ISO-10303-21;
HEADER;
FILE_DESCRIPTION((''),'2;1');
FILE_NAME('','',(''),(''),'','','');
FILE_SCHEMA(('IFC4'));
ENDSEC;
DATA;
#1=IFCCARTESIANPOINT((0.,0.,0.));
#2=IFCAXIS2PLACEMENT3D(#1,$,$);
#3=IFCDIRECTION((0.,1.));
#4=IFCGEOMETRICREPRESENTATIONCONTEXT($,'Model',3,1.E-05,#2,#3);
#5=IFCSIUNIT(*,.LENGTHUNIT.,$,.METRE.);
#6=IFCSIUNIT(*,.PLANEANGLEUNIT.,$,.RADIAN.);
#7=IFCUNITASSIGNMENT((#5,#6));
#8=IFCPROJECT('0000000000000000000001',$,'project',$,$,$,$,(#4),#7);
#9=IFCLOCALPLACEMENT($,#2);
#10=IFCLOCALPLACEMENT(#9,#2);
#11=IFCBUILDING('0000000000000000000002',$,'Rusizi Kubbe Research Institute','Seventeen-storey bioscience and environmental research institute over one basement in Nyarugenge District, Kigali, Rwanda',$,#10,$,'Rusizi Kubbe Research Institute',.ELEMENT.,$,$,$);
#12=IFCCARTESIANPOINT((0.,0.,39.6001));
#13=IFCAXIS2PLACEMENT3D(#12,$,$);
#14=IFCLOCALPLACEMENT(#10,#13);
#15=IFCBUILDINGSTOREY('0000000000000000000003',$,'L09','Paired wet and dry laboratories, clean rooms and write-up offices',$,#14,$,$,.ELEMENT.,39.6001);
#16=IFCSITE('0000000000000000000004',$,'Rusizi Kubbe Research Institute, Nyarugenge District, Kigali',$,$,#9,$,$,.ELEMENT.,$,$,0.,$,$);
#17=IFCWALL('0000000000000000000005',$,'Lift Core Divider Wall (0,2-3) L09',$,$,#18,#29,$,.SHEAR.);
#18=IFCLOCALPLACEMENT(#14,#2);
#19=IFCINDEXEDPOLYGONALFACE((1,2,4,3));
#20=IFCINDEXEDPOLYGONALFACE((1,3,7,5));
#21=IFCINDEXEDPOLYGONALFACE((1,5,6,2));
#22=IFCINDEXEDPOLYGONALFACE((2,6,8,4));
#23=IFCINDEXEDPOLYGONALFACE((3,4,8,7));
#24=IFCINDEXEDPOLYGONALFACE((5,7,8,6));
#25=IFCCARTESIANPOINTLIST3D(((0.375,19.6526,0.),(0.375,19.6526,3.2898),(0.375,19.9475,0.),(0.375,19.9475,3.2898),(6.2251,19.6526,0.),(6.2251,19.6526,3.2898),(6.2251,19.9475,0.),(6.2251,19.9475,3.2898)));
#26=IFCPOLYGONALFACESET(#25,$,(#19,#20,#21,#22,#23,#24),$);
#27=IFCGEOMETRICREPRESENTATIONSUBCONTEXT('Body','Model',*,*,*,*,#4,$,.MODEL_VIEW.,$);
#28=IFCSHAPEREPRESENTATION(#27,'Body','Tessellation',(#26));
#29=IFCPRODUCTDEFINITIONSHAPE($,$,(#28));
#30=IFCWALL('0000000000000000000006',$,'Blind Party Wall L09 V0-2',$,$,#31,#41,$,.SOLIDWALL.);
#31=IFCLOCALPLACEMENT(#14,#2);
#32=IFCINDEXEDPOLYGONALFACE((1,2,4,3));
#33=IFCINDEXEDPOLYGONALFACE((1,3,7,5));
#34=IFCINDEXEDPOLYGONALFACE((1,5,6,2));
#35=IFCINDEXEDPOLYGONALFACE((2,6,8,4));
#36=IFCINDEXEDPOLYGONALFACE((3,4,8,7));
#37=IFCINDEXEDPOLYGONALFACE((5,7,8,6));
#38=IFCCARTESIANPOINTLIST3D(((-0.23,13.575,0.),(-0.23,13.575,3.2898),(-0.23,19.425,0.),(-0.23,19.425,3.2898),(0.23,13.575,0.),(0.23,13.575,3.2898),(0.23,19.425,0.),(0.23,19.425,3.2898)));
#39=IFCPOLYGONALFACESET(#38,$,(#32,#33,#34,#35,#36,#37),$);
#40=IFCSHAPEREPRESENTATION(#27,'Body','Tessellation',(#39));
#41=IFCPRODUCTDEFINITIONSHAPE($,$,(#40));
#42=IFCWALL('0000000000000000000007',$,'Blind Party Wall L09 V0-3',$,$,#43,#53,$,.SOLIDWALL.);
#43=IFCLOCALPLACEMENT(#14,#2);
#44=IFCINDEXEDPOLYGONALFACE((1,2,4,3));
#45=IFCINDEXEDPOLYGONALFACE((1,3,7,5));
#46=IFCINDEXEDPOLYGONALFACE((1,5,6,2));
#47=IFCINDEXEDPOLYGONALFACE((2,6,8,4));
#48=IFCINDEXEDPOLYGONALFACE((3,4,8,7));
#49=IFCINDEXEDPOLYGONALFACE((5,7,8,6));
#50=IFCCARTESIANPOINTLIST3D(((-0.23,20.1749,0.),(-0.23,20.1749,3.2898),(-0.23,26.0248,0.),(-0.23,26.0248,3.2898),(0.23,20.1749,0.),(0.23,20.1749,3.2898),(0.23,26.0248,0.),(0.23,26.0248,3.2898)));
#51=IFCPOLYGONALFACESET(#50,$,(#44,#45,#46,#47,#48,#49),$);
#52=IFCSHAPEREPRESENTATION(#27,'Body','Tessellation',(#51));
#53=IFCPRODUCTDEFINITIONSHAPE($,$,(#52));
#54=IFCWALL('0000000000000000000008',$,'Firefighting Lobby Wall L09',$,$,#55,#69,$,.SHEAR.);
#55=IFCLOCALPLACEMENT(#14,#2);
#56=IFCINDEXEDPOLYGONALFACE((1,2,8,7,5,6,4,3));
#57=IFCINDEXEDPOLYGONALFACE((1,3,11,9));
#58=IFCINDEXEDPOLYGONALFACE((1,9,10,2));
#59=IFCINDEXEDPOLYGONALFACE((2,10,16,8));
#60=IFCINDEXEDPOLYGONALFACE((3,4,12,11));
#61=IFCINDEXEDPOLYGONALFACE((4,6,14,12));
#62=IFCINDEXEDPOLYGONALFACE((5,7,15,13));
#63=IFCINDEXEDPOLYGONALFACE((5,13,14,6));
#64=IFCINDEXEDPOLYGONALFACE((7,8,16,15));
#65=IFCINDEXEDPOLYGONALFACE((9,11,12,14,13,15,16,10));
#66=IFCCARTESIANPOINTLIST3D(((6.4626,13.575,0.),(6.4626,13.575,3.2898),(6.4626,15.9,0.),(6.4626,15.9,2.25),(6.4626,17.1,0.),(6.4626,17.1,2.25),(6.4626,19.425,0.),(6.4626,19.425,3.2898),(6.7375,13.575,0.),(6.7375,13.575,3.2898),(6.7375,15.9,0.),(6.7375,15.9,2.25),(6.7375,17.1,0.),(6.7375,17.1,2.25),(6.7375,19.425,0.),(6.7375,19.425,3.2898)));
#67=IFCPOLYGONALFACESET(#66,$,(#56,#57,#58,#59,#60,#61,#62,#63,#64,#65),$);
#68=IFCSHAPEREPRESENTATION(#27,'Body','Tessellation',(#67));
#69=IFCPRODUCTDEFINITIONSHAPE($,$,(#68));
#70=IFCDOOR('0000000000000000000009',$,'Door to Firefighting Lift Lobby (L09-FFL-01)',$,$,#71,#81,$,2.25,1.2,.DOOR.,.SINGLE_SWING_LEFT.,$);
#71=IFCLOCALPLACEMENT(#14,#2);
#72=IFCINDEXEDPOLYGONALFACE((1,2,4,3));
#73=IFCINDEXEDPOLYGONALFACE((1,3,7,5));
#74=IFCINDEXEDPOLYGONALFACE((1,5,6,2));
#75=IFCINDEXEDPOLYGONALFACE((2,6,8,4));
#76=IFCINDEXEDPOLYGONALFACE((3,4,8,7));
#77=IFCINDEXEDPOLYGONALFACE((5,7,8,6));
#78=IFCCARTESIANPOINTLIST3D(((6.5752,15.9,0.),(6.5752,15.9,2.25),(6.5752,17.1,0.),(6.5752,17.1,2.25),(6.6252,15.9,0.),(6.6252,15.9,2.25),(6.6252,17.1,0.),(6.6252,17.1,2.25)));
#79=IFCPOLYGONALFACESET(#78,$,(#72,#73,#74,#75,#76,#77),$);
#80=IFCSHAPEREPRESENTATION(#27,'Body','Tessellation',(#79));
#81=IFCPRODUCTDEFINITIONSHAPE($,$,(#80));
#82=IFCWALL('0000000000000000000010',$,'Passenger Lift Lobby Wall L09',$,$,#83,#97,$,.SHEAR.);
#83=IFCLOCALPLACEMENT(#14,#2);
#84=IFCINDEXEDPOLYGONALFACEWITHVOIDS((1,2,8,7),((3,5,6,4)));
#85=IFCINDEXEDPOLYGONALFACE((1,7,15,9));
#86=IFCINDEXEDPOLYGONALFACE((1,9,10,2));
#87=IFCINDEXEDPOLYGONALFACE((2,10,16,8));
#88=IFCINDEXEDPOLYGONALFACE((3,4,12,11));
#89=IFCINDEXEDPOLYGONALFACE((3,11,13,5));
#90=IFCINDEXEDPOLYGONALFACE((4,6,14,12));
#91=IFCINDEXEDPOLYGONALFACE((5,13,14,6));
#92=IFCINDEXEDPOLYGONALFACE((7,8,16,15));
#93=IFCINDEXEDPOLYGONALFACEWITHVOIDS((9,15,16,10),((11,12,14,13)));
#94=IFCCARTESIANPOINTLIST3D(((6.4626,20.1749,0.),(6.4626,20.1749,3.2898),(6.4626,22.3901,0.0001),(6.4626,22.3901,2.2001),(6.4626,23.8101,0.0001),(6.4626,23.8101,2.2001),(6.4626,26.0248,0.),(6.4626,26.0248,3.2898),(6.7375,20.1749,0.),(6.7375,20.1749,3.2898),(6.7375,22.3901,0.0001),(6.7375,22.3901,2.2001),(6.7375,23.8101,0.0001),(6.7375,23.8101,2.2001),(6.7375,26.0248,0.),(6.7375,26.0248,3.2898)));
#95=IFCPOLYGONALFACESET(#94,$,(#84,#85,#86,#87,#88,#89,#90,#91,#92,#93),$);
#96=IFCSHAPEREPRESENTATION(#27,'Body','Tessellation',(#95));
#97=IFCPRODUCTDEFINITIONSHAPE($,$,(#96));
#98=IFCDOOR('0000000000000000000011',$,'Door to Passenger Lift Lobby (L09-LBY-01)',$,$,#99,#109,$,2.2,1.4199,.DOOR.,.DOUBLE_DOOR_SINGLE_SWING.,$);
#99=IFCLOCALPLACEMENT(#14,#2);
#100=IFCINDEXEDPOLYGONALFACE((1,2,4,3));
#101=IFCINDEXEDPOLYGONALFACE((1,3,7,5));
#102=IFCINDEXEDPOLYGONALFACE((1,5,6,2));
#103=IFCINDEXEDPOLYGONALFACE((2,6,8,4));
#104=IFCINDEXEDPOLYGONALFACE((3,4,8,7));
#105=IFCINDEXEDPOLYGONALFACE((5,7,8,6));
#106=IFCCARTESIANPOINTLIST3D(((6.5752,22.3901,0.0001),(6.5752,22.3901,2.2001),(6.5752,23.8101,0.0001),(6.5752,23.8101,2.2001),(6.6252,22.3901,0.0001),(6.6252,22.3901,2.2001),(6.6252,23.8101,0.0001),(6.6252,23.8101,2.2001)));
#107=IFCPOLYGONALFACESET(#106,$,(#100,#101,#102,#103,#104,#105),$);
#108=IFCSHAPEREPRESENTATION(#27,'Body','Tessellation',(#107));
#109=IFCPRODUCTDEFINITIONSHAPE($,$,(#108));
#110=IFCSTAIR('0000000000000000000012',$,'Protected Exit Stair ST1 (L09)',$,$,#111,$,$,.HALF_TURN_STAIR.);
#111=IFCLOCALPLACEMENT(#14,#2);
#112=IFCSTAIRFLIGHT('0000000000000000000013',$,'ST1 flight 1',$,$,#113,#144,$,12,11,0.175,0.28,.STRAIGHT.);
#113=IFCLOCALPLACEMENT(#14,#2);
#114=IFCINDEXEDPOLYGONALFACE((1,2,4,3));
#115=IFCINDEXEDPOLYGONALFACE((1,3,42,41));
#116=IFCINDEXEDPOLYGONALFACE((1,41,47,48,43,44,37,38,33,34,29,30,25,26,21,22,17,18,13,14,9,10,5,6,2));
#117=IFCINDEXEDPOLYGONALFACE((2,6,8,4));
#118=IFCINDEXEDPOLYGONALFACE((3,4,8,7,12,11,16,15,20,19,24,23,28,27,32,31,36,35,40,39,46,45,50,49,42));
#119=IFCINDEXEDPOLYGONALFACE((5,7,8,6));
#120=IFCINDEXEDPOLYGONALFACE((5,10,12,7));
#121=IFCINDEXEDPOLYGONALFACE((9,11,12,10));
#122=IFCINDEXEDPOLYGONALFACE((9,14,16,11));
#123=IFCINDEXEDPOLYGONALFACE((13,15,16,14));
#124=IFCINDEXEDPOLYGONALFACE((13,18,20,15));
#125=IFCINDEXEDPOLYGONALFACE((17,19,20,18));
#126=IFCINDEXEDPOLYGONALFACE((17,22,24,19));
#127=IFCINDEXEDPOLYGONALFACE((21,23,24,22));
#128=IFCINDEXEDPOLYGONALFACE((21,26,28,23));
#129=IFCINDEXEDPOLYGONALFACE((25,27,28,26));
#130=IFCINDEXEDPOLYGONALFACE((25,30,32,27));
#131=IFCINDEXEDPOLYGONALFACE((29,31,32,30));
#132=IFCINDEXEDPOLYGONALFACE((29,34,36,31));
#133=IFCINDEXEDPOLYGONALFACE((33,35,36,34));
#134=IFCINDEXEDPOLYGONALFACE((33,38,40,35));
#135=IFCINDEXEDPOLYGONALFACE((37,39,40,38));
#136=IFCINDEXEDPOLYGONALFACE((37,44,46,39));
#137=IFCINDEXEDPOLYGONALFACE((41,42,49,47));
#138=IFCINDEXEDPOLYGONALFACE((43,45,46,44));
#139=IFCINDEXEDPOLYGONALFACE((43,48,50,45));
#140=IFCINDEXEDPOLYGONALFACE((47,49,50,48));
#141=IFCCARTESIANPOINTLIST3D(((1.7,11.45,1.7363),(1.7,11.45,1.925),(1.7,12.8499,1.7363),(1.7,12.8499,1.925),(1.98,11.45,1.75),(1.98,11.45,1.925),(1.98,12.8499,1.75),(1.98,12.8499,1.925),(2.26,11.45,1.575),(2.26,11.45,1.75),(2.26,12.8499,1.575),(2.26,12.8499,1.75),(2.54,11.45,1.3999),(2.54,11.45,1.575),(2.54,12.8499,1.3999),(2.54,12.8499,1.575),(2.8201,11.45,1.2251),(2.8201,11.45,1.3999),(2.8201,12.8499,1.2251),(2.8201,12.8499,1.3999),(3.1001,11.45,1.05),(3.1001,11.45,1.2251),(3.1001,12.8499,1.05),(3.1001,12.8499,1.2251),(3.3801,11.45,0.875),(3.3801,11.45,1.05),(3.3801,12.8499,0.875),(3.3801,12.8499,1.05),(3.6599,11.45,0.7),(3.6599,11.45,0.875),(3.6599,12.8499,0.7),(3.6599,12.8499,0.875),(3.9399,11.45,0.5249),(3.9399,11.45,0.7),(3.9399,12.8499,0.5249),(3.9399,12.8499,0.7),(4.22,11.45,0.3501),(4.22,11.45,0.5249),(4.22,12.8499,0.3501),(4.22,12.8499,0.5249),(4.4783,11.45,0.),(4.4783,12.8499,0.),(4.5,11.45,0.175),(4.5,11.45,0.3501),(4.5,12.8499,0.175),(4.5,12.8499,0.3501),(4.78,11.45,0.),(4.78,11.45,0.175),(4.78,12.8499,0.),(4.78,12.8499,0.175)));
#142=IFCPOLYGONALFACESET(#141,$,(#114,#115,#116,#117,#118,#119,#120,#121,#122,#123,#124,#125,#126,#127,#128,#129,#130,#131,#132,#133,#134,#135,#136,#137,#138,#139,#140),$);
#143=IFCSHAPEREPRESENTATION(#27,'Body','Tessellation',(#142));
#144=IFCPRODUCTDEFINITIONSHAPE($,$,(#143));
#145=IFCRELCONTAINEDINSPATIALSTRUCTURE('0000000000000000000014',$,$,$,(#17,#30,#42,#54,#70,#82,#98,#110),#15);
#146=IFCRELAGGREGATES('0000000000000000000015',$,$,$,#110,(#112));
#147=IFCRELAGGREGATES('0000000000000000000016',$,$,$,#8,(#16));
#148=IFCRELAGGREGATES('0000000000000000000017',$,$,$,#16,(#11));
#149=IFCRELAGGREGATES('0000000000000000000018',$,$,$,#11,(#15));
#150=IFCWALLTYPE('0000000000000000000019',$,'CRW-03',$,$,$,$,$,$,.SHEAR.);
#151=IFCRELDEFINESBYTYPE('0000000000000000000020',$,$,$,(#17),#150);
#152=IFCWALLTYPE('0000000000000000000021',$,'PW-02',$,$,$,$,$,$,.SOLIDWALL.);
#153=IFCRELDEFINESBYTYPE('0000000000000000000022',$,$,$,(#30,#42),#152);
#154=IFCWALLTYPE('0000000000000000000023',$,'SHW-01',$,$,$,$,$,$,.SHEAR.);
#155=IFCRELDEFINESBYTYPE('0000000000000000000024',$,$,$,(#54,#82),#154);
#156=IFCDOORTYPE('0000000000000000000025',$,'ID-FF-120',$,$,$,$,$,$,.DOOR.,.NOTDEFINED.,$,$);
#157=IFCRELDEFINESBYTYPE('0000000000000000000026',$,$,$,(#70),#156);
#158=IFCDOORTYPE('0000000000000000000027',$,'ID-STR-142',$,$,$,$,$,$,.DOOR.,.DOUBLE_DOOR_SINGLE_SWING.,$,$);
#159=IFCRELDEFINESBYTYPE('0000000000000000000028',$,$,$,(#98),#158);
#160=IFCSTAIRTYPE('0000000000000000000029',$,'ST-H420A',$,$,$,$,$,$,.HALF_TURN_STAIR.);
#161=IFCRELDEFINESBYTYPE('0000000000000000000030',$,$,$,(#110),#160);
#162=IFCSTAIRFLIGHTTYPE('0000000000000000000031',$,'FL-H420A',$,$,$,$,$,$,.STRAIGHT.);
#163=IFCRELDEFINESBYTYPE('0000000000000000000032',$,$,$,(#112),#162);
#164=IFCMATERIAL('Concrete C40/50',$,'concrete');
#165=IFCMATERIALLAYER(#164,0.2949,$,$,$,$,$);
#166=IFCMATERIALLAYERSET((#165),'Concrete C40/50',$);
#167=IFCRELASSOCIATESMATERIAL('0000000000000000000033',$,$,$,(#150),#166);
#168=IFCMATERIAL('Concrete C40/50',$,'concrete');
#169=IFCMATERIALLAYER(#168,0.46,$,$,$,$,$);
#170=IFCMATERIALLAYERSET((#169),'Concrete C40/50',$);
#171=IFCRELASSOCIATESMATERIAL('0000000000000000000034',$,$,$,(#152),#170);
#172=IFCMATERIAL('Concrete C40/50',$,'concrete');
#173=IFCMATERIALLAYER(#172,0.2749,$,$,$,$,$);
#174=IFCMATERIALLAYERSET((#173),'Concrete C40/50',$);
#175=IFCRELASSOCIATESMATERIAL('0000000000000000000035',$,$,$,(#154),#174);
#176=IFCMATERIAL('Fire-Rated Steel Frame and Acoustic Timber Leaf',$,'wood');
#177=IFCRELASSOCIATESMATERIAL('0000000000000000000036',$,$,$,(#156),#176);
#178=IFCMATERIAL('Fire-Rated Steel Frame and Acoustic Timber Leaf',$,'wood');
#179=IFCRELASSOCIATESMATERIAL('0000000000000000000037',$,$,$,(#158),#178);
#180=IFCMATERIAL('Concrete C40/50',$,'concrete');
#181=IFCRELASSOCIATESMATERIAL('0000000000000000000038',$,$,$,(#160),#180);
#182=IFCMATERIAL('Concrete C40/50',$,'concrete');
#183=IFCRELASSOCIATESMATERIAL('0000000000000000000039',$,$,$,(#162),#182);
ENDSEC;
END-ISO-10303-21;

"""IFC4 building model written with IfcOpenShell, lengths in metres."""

from ifc_helpers import new_model, si_unit, direction, frame, frame_2d, origin, place, context, subcontext, project, spatial, polyline, rectangle, outline, extrude, material, layer, layer_set, type_object, element, fill, aggregate, save


model = new_model("IFC4")

# Units and contexts
model_context = context("Model", 3, precision=1e-05, world=origin(), true_north=direction((0.0, 1.0)))
body_context = subcontext(model_context, "Body", "Model", "MODEL_VIEW")
ifc_project = project(units=[si_unit("LENGTHUNIT", "METRE"), si_unit("PLANEANGLEUNIT", "RADIAN")], contexts=[model_context])

# Site, building, storey
site_placement = place(None, origin())
site = spatial("IfcSite", under=ifc_project, at=site_placement, Name="Rusizi Kubbe Research Institute, Nyarugenge District, Kigali", CompositionType="ELEMENT", RefElevation=0.0)
building_placement = place(site_placement, origin())
building = spatial("IfcBuilding", under=site, at=building_placement, Name="Rusizi Kubbe Research Institute", Description="Seventeen-storey bioscience and environmental research institute over one basement in Nyarugenge District, Kigali, Rwanda", LongName="Rusizi Kubbe Research Institute", CompositionType="ELEMENT")
storey_placement = place(building_placement, frame((0.0, 0.0, 39.6001)))
storey = spatial("IfcBuildingStorey", under=building, at=storey_placement, Name="L09", Description="Paired wet and dry laboratories, clean rooms and write-up offices", CompositionType="ELEMENT", Elevation=39.6001)

# Wall
ifc_material_1 = material(Name="Concrete C40/50", Category="concrete")
ifc_layer_1 = layer(ifc_material_1, 0.2949)
ifc_layer_set_1 = layer_set([ifc_layer_1], Name="Concrete C40/50")
wall_type_1 = type_object("IfcWallType", Name="CRW-03", PredefinedType="SHEAR", material=ifc_layer_set_1)
wall_1_placement = place(storey_placement, frame((0.375, 19.8, 0.0), z_axis=(0.0, 0.0, 1.0), x_axis=(1.0, 0.0, 0.0)))
element("IfcWall", 1, at=wall_1_placement, inside=storey, type_object=wall_type_1, Name="Lift Core Divider Wall (0,2-3) L09", PredefinedType="SHEAR", context=body_context, shape_type="SweptSolid", body=[
    extrude(rectangle(XDim=5.8501, YDim=0.2949, at=frame_2d((2.925, 0.0))), origin(), (0.0, 0.0, 1.0), 3.2898),
])

# Walls
ifc_material_2 = material(Name="Concrete C40/50", Category="concrete")
ifc_layer_2 = layer(ifc_material_2, 0.46)
ifc_layer_set_2 = layer_set([ifc_layer_2], Name="Concrete C40/50")
wall_type_2 = type_object("IfcWallType", Name="PW-02", PredefinedType="SOLIDWALL", material=ifc_layer_set_2)
wall_2_placement = place(storey_placement, frame((0.0, 13.575, 0.0), z_axis=(0.0, 0.0, 1.0), x_axis=(0.0, 1.0, 0.0)))
element("IfcWall", 2, at=wall_2_placement, inside=storey, type_object=wall_type_2, Name="Blind Party Wall L09 V0-2", PredefinedType="SOLIDWALL", context=body_context, shape_type="SweptSolid", body=[
    extrude(rectangle(XDim=5.8501, YDim=0.46, at=frame_2d((2.925, 0.0))), origin(), (0.0, 0.0, 1.0), 3.2898),
])
wall_3_placement = place(storey_placement, frame((0.0, 20.175, 0.0), z_axis=(0.0, 0.0, 1.0), x_axis=(0.0, 1.0, 0.0)))
element("IfcWall", 3, at=wall_3_placement, inside=storey, type_object=wall_type_2, Name="Blind Party Wall L09 V0-3", PredefinedType="SOLIDWALL", context=body_context, shape_type="SweptSolid", body=[
    extrude(rectangle(XDim=5.8499, YDim=0.46, at=frame_2d((2.9248, 0.0))), origin(), (0.0, 0.0, 1.0), 3.2898),
])

# Walls, openings, doors
ifc_material_3 = material(Name="Concrete C40/50", Category="concrete")
ifc_layer_3 = layer(ifc_material_3, 0.2749)
ifc_layer_set_3 = layer_set([ifc_layer_3], Name="Concrete C40/50")
wall_type_3 = type_object("IfcWallType", Name="SHW-01", PredefinedType="SHEAR", material=ifc_layer_set_3)
wall_4_placement = place(storey_placement, frame((6.6001, 13.575, 0.0), z_axis=(0.0, 0.0, 1.0), x_axis=(0.0, 1.0, 0.0)))
wall_4 = element("IfcWall", 4, at=wall_4_placement, inside=storey, type_object=wall_type_3, Name="Firefighting Lobby Wall L09", PredefinedType="SHEAR", context=body_context, shape_type="SweptSolid", body=[
    extrude(rectangle(XDim=5.8501, YDim=0.2749, at=frame_2d((2.925, 0.0))), origin(), (0.0, 0.0, 1.0), 3.2898),
])
opening_1_placement = place(wall_4_placement, frame((2.325, 0.0, 0.0)))
opening_1 = element("IfcOpeningElement", 5, at=opening_1_placement, cuts=wall_4, PredefinedType="OPENING", context=body_context, shape_type="SweptSolid", body=[
    extrude(rectangle(XDim=1.2, YDim=2.25, at=frame_2d((0.6001, 1.125))), frame((0.0, 0.1475, 0.0), z_axis=(0.0, -1.0, 0.0), x_axis=(1.0, 0.0, 0.0)), (0.0, 0.0, 1.0), 0.2949),
])
ifc_material_4 = material(Name="Fire-Rated Steel Frame and Acoustic Timber Leaf", Category="wood")
door_type_1 = type_object("IfcDoorType", Name="ID-FF-120", OperationType="NOTDEFINED", PredefinedType="DOOR", material=ifc_material_4)
door_1_placement = place(opening_1_placement, origin())
door_1 = element("IfcDoor", 6, at=door_1_placement, inside=storey, type_object=door_type_1, Name="Door to Firefighting Lift Lobby (L09-FFL-01)", OperationType="SINGLE_SWING_LEFT", OverallHeight=2.25, OverallWidth=1.2, PredefinedType="DOOR", context=body_context, shape_type="SweptSolid", body=[
    extrude(rectangle(XDim=1.2, YDim=2.25, at=frame_2d((0.6001, 1.125))), frame((0.0, 0.0249, 0.0), z_axis=(0.0, -1.0, 0.0), x_axis=(1.0, 0.0, 0.0)), (0.0, 0.0, 1.0), 0.05),
])
fill(opening_1, door_1)
wall_5_placement = place(storey_placement, frame((6.6001, 20.175, 0.0), z_axis=(0.0, 0.0, 1.0), x_axis=(0.0, 1.0, 0.0)))
wall_5 = element("IfcWall", 7, at=wall_5_placement, inside=storey, type_object=wall_type_3, Name="Passenger Lift Lobby Wall L09", PredefinedType="SHEAR", context=body_context, shape_type="SweptSolid", body=[
    extrude(rectangle(XDim=5.8499, YDim=0.2749, at=frame_2d((2.9248, 0.0))), origin(), (0.0, 0.0, 1.0), 3.2898),
])
opening_2_placement = place(wall_5_placement, frame((2.2151, 0.0, 0.0)))
opening_2 = element("IfcOpeningElement", 8, at=opening_2_placement, cuts=wall_5, PredefinedType="OPENING", context=body_context, shape_type="SweptSolid", body=[
    extrude(rectangle(XDim=1.4199, YDim=2.2, at=frame_2d((0.71, 1.1001))), frame((0.0, 0.1475, 0.0), z_axis=(0.0, -1.0, 0.0), x_axis=(1.0, 0.0, 0.0)), (0.0, 0.0, 1.0), 0.2949),
])
ifc_material_5 = material(Name="Fire-Rated Steel Frame and Acoustic Timber Leaf", Category="wood")
door_type_2 = type_object("IfcDoorType", Name="ID-STR-142", OperationType="DOUBLE_DOOR_SINGLE_SWING", PredefinedType="DOOR", material=ifc_material_5)
door_2_placement = place(opening_2_placement, origin())
door_2 = element("IfcDoor", 9, at=door_2_placement, inside=storey, type_object=door_type_2, Name="Door to Passenger Lift Lobby (L09-LBY-01)", OperationType="DOUBLE_DOOR_SINGLE_SWING", OverallHeight=2.2, OverallWidth=1.4199, PredefinedType="DOOR", context=body_context, shape_type="SweptSolid", body=[
    extrude(rectangle(XDim=1.4199, YDim=2.2, at=frame_2d((0.71, 1.1001))), frame((0.0, 0.0249, 0.0), z_axis=(0.0, -1.0, 0.0), x_axis=(1.0, 0.0, 0.0)), (0.0, 0.0, 1.0), 0.05),
])
fill(opening_2, door_2)

# Stair, stair flight
ifc_material_6 = material(Name="Concrete C40/50", Category="concrete")
stair_type = type_object("IfcStairType", Name="ST-H420A", PredefinedType="HALF_TURN_STAIR", material=ifc_material_6)
stair_placement = place(storey_placement, origin())
stair = element("IfcStair", 10, at=stair_placement, inside=storey, type_object=stair_type, Name="Protected Exit Stair ST1 (L09)", PredefinedType="HALF_TURN_STAIR")
ifc_material_7 = material(Name="Concrete C40/50", Category="concrete")
stair_flight_type = type_object("IfcStairFlightType", Name="FL-H420A", PredefinedType="STRAIGHT", material=ifc_material_7)
stair_flight_placement = place(storey_placement, frame((4.78, 12.1499, 0.0), z_axis=(0.0, 0.0, 1.0), x_axis=(-1.0, 0.0, 0.0)))
stair_flight = element("IfcStairFlight", 11, at=stair_flight_placement, type_object=stair_flight_type, Name="ST1 flight 1", NumberOfRisers=12, NumberOfTreads=11, PredefinedType="STRAIGHT", RiserHeight=0.175, TreadLength=0.28, context=body_context, shape_type="SweptSolid", body=[
    extrude(outline(polyline([(0.0, 0.0), (0.0, 0.175), (0.28, 0.175), (0.28, 0.3501), (0.5601, 0.3501), (0.5601, 0.5249), (0.8401, 0.5249), (0.8401, 0.7), (1.1201, 0.7), (1.1201, 0.875), (1.3999, 0.875), (1.3999, 1.05), (1.6799, 1.05), (1.6799, 1.2251), (1.96, 1.2251), (1.96, 1.3999), (2.24, 1.3999), (2.24, 1.575), (2.52, 1.575), (2.52, 1.75), (2.8, 1.75), (2.8, 1.925), (3.0801, 1.925), (3.0801, 2.1001), (3.0801, 1.7363), (0.3018, 0.0), (0.0, 0.0)])), frame((0.0, 0.7, 0.0), z_axis=(0.0, -1.0, 0.0), x_axis=(1.0, 0.0, 0.0)), (0.0, 0.0, 1.0), 1.3999),
])
aggregate(stair, [stair_flight])

save(model, "model.ifc")
